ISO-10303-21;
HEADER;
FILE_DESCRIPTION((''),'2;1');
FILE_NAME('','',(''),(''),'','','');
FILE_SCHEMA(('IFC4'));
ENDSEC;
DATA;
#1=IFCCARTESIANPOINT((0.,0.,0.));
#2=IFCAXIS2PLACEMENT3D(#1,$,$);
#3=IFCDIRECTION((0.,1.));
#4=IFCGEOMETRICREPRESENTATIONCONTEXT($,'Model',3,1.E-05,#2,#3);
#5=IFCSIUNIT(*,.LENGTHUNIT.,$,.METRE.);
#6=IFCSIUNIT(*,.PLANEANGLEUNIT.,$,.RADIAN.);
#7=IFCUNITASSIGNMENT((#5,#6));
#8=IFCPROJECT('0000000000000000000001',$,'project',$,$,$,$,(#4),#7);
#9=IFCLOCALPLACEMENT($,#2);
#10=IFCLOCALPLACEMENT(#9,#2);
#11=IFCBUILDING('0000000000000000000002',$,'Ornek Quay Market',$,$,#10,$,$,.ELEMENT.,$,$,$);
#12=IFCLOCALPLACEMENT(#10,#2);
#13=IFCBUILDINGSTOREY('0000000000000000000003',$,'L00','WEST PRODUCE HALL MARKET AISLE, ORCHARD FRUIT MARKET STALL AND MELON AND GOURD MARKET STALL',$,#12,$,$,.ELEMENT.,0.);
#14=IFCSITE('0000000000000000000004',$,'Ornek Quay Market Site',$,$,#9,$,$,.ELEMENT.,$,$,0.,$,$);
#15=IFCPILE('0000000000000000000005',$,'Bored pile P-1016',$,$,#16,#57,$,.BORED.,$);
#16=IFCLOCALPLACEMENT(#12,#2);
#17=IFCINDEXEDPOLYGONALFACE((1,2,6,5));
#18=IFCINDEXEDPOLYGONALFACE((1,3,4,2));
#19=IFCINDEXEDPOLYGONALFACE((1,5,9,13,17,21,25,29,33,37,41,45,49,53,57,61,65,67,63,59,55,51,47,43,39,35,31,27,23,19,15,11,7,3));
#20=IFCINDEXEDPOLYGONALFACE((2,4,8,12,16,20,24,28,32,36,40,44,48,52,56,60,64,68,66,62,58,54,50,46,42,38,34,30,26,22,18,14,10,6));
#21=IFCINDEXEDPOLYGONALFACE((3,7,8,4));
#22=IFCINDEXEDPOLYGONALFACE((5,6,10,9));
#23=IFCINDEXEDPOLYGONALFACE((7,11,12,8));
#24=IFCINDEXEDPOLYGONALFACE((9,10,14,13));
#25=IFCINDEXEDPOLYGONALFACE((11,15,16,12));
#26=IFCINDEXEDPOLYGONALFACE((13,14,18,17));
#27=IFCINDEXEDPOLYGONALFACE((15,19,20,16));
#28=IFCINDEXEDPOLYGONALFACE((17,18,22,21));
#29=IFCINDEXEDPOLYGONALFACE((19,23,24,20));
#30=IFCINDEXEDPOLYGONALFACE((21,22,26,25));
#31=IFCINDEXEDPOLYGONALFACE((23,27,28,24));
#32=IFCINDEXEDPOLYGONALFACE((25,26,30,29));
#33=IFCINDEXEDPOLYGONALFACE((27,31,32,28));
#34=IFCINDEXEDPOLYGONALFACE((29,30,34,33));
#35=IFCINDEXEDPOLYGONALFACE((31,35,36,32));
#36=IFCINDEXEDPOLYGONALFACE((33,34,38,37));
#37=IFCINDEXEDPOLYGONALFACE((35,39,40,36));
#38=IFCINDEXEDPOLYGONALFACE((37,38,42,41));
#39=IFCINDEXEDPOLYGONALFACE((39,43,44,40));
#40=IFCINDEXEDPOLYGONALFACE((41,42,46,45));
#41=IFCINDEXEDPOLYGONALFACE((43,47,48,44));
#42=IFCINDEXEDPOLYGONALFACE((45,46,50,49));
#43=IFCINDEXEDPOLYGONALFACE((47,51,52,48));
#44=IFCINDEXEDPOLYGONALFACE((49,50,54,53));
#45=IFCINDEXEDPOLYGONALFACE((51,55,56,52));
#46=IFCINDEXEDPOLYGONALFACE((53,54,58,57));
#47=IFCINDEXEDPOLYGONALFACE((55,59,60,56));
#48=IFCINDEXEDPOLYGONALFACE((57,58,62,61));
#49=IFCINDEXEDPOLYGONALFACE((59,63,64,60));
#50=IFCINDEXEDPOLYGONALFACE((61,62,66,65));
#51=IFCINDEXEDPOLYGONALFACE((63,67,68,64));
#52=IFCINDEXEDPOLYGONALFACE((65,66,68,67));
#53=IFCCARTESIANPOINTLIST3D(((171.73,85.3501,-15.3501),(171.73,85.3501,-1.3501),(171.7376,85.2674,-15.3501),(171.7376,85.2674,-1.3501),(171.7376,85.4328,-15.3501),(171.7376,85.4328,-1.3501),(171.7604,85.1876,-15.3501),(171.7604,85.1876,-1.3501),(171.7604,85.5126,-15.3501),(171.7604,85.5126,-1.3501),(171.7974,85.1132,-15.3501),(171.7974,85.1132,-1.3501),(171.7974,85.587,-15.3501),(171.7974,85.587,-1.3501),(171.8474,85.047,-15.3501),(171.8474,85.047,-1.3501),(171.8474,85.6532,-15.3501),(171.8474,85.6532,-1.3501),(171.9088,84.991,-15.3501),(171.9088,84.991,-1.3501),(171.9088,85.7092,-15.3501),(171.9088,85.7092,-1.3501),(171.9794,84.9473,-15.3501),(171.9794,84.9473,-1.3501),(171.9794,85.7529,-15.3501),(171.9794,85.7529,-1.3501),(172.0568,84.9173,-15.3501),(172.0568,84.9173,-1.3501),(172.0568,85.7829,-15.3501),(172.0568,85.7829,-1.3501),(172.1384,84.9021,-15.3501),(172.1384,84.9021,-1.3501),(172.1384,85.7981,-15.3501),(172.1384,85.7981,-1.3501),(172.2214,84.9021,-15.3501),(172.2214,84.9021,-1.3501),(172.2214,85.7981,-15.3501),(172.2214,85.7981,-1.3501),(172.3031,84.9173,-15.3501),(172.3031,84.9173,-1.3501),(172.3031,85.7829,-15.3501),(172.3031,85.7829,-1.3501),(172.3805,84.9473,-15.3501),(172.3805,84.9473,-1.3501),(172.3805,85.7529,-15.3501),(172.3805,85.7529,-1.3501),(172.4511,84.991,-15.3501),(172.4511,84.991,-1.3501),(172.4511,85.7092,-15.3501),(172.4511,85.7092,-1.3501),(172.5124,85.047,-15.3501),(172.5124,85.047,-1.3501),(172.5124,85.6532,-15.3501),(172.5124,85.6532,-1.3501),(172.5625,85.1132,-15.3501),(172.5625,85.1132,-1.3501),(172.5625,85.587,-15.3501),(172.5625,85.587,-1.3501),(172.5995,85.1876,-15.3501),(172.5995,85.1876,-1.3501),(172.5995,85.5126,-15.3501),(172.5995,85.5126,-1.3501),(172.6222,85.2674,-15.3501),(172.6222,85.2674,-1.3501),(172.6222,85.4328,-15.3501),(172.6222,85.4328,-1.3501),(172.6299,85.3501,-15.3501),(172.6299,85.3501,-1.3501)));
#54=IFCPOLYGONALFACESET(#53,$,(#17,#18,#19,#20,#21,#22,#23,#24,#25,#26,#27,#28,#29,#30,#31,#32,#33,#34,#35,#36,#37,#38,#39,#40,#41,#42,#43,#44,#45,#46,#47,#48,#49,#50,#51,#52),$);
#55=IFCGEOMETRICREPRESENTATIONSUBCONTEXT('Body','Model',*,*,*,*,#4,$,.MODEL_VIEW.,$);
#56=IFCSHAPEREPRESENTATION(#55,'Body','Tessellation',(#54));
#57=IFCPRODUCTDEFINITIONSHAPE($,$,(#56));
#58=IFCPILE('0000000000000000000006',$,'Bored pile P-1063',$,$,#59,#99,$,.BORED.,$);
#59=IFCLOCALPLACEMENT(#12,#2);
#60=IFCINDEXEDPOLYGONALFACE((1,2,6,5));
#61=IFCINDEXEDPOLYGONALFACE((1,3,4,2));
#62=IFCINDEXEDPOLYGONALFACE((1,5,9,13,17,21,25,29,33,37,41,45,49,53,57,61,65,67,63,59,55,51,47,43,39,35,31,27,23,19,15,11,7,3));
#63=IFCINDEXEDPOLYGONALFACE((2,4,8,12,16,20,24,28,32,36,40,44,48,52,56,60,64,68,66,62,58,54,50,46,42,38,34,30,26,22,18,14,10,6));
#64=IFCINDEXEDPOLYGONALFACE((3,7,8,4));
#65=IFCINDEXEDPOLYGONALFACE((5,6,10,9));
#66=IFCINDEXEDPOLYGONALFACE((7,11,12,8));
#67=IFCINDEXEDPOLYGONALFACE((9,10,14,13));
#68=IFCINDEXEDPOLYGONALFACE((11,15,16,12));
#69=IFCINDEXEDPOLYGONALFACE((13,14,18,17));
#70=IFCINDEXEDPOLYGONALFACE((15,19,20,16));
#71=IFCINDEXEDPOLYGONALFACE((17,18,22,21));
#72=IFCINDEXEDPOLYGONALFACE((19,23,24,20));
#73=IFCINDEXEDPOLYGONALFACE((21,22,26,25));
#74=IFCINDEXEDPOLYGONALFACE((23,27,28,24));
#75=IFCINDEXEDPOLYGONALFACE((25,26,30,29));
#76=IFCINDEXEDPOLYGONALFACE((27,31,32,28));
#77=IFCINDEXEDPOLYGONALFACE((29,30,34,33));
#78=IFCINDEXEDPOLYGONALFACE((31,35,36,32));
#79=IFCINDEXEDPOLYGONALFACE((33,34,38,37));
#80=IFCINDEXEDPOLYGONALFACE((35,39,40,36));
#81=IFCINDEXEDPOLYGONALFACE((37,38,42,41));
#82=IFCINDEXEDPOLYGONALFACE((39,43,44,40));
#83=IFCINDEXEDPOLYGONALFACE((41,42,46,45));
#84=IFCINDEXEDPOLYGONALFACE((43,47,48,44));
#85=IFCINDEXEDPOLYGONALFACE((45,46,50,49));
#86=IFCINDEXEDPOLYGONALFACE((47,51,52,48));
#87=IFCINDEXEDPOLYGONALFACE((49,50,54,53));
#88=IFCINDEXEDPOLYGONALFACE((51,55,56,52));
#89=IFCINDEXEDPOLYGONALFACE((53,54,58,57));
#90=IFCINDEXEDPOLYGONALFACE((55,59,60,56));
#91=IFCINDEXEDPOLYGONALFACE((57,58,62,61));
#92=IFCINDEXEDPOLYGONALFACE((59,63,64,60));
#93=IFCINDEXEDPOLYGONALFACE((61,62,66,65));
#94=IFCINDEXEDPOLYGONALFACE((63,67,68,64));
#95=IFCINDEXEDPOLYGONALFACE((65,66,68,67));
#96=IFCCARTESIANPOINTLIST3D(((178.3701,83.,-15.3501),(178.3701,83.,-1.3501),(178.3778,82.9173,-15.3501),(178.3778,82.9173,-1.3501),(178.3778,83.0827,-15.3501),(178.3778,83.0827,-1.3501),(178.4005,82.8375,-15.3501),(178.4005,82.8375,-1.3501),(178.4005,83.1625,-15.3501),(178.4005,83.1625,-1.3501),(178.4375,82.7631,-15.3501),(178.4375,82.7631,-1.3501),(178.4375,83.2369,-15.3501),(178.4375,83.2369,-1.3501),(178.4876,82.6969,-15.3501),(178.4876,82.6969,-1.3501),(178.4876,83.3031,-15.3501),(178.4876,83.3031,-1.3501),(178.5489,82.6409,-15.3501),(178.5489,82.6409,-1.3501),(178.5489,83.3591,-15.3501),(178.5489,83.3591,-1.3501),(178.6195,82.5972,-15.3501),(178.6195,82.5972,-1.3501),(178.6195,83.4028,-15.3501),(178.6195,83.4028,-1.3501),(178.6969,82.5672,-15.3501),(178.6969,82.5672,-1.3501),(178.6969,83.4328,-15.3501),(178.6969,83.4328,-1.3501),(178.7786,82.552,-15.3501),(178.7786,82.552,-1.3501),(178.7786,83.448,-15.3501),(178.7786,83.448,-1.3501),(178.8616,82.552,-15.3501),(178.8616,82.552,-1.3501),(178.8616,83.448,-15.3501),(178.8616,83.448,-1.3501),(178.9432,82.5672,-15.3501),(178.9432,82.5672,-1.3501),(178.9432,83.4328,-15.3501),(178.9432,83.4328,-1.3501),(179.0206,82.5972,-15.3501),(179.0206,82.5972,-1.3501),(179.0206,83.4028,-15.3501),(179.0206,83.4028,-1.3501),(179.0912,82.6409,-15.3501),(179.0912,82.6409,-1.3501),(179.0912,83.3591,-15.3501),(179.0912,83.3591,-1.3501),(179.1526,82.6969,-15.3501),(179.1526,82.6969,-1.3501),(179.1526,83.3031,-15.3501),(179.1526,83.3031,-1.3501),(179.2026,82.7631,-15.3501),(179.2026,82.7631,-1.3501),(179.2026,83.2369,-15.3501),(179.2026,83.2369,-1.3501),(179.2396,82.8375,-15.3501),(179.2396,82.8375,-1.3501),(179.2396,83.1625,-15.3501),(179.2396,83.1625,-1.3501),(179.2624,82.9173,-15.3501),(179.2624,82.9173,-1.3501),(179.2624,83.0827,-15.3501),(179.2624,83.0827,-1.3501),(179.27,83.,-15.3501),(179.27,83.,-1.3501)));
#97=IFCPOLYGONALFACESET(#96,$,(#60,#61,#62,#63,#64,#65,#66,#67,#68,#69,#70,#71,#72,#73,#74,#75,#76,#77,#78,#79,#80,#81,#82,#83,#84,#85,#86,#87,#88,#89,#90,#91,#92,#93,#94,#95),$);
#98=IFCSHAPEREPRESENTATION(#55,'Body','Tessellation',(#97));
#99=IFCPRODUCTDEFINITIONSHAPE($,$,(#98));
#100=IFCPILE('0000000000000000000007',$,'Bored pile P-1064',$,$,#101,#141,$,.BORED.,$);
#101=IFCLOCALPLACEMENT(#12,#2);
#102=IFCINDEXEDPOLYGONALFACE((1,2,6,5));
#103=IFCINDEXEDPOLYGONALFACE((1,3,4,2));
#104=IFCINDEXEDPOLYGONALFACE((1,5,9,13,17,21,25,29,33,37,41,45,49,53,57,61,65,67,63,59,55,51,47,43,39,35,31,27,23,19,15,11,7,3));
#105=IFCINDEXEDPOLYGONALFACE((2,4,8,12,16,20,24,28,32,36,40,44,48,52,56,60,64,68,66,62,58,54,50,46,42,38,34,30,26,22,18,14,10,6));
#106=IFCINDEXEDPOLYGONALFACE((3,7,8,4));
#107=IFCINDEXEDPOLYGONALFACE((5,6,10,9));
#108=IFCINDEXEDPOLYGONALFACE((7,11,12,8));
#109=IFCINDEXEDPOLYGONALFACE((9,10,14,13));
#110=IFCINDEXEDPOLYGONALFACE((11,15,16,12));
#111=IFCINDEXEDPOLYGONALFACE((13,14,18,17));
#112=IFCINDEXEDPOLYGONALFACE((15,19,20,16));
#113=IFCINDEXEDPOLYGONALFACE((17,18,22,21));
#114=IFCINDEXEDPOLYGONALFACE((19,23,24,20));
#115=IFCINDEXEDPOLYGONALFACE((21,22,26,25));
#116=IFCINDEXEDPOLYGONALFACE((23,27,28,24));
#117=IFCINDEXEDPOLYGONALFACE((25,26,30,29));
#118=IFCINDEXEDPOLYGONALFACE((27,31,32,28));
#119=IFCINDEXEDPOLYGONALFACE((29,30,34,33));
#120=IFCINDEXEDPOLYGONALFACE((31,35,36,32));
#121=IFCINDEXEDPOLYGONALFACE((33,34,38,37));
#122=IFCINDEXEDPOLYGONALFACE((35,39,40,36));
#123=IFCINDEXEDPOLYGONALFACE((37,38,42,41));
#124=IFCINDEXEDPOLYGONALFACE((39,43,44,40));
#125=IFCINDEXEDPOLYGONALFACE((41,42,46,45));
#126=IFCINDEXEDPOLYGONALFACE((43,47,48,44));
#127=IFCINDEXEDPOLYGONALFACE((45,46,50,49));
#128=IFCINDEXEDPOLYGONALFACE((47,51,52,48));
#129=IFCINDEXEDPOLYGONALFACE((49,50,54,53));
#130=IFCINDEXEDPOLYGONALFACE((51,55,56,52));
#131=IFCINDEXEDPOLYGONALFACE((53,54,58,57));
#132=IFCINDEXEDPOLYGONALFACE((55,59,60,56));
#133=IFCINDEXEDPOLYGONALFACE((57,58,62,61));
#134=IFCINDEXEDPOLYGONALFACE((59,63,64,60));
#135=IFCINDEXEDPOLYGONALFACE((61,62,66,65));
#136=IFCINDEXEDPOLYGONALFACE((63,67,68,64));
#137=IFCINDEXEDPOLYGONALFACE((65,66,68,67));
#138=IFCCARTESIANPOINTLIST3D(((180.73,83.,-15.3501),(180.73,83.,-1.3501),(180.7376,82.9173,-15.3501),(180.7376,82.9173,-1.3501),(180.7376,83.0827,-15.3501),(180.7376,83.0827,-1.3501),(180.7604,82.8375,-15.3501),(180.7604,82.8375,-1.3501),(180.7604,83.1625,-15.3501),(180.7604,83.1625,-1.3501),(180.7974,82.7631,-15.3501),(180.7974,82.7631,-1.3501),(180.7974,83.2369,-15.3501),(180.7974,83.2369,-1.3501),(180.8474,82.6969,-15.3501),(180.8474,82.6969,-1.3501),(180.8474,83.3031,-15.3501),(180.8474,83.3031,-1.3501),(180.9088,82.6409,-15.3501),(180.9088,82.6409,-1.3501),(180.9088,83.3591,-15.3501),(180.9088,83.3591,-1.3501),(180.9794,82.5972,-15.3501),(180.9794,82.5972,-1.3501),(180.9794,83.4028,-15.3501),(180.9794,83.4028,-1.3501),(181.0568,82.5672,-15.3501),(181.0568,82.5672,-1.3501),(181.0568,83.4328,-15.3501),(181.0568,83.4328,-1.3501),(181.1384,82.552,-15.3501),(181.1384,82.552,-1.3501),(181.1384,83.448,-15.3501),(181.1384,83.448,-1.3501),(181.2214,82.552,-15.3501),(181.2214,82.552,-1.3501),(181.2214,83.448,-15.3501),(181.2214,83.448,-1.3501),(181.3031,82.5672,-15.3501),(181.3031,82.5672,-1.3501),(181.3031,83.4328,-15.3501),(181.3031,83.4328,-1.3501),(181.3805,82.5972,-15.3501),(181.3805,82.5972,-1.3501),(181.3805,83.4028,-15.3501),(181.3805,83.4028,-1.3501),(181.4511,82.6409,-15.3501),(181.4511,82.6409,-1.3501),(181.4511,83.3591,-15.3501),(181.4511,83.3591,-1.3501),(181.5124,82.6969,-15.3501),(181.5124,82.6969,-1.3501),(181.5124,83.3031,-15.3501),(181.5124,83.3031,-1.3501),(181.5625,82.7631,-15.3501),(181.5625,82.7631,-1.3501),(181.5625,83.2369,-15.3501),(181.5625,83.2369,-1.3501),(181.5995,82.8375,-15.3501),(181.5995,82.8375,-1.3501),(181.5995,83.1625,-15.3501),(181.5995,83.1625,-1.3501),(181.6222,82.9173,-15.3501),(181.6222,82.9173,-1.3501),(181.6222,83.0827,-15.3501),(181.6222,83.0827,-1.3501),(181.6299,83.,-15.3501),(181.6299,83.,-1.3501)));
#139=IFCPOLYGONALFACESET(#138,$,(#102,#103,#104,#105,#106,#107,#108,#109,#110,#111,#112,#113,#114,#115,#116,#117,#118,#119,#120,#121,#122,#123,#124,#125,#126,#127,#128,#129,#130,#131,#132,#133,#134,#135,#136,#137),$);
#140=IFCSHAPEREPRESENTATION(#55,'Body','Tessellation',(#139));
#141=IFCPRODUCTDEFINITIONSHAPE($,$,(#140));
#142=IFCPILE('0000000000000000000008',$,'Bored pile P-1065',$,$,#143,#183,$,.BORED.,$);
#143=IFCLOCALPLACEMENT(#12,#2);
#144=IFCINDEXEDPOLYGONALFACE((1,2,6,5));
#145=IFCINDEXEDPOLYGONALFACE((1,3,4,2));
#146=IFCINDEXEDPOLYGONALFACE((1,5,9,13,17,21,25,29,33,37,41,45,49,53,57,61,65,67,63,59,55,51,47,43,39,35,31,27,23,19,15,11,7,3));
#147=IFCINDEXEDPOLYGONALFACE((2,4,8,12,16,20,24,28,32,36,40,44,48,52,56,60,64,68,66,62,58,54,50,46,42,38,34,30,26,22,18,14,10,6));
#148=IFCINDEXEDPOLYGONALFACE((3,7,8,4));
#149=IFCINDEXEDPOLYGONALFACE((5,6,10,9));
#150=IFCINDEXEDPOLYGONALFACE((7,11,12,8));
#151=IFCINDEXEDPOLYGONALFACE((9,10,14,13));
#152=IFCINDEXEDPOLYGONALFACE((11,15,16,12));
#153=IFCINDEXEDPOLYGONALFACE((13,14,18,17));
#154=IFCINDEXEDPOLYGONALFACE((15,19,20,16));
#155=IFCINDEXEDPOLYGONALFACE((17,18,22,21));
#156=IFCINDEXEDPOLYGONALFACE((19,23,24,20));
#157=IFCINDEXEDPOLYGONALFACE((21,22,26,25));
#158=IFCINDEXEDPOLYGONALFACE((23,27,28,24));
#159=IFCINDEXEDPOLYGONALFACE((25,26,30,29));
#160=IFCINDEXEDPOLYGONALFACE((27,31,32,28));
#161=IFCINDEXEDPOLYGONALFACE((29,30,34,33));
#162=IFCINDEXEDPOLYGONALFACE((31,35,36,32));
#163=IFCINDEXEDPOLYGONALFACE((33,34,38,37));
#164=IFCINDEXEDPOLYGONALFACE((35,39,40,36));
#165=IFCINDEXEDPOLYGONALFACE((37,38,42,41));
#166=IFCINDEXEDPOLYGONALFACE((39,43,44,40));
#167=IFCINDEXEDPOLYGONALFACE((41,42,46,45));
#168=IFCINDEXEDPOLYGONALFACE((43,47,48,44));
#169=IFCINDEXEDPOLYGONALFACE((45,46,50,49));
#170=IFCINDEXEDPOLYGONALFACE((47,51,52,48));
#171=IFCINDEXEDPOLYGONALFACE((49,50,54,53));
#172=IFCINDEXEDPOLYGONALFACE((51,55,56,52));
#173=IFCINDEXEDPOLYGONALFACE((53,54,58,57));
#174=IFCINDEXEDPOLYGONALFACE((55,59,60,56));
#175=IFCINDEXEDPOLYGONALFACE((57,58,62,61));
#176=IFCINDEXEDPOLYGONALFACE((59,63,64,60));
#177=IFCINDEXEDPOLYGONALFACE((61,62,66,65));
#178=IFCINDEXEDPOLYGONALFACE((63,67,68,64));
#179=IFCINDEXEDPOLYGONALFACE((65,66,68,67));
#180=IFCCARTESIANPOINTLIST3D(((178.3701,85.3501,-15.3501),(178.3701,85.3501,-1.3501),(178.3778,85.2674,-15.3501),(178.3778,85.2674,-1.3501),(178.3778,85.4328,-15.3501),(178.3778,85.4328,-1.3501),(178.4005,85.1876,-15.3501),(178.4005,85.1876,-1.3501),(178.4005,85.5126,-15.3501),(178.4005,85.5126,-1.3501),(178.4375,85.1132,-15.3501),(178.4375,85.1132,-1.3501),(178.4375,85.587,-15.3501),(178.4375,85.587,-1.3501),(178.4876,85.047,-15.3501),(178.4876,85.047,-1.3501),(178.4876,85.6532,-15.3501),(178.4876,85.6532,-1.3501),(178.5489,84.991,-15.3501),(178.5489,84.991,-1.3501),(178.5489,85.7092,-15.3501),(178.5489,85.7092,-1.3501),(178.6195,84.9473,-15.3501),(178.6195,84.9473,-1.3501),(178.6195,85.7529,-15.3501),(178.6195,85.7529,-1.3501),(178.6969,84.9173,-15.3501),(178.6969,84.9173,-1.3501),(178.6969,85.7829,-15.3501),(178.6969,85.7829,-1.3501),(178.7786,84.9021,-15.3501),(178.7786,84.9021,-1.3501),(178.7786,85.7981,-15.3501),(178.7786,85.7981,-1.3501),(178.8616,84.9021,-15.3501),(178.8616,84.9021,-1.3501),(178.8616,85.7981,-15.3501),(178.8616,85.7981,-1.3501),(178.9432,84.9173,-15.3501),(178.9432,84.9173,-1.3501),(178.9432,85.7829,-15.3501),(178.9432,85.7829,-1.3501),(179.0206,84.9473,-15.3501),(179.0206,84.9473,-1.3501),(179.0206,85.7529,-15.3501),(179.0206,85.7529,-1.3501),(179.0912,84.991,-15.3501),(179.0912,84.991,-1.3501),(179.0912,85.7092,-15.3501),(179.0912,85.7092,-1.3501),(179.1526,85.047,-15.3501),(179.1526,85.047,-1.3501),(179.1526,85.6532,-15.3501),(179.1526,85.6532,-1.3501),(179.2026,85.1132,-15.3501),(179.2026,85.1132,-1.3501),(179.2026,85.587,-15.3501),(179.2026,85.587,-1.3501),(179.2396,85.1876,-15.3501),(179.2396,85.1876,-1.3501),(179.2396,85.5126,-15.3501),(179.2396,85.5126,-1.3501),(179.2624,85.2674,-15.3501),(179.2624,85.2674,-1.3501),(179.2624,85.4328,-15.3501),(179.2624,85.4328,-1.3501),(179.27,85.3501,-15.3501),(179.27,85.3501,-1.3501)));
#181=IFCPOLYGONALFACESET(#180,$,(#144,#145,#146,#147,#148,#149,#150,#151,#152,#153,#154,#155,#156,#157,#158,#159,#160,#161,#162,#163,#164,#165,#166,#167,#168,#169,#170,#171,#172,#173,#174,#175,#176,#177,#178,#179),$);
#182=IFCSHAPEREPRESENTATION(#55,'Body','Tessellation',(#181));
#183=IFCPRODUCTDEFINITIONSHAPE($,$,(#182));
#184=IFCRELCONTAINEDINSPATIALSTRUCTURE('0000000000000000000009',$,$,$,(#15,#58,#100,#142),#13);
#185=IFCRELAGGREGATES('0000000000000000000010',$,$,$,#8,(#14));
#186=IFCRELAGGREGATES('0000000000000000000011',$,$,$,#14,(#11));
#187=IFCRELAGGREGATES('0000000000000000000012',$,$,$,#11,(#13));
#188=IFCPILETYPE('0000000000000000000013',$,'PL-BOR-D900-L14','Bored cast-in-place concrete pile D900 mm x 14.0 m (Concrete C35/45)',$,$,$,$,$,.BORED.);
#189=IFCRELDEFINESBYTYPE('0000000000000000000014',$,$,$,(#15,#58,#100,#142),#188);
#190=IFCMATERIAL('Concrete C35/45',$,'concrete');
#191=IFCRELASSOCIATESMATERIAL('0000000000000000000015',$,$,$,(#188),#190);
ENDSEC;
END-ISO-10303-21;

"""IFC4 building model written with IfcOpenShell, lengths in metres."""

from ifc_helpers import new_model, si_unit, direction, frame, origin, origin_2d, place, context, subcontext, project, spatial, circle, extrude, material, material_profile, profile_set, type_object, element, save


model = new_model("IFC4")

# Units and contexts
model_context = context("Model", 3, precision=1e-05, world=origin(), true_north=direction((0.0, 1.0)))
body_context = subcontext(model_context, "Body", "Model", "MODEL_VIEW")
ifc_project = project(units=[si_unit("LENGTHUNIT", "METRE"), si_unit("PLANEANGLEUNIT", "RADIAN")], contexts=[model_context])

# Site, building, storey
site_placement = place(None, origin())
site = spatial("IfcSite", under=ifc_project, at=site_placement, Name="Ornek Quay Market Site", CompositionType="ELEMENT", RefElevation=0.0)
building_placement = place(site_placement, origin())
building = spatial("IfcBuilding", under=site, at=building_placement, Name="Ornek Quay Market", CompositionType="ELEMENT")
storey_placement = place(building_placement, origin())
storey = spatial("IfcBuildingStorey", under=building, at=storey_placement, Name="L00", Description="WEST PRODUCE HALL MARKET AISLE, ORCHARD FRUIT MARKET STALL AND MELON AND GOURD MARKET STALL", CompositionType="ELEMENT", Elevation=0.0)

# Piles
ifc_material_1 = material(Name="Concrete C35/45", Category="concrete")
ifc_material_profile_1 = material_profile(ifc_material_1, circle(Radius=0.45, at=origin_2d()), Name="PILE D900", Category="concrete")
ifc_profile_set_1 = profile_set([ifc_material_profile_1], Name="Concrete C35/45")
pile_type = type_object("IfcPileType", Name="PL-BOR-D900-L14", Description="Bored cast-in-place concrete pile D900 mm x 14.0 m (Concrete C35/45)", PredefinedType="BORED", material=ifc_profile_set_1)
for number, where, z_axis, x_axis, name in (
    (1, (172.1799, 85.3501, -1.3501), (0.0, 0.0, -1.0), (1.0, 0.0, 0.0), "Bored pile P-1016"),
    (2, (178.8201, 83.0, -1.3501), (0.0, 0.0, -1.0), (1.0, 0.0, 0.0), "Bored pile P-1063"),
    (3, (181.1799, 83.0, -1.3501), (0.0, 0.0, -1.0), (1.0, 0.0, 0.0), "Bored pile P-1064"),
    (4, (178.8201, 85.3501, -1.3501), (0.0, 0.0, -1.0), (1.0, 0.0, 0.0), "Bored pile P-1065"),
):
    element("IfcPile", number, at=place(storey_placement, frame(where, z_axis=z_axis, x_axis=x_axis)), inside=storey, type_object=pile_type, Name=name, PredefinedType="BORED", context=body_context, shape_type="SweptSolid", body=[
        extrude(circle(Radius=0.45, at=origin_2d()), origin(), (0.0, 0.0, 1.0), 14.0),
    ])

save(model, "model.ifc")
